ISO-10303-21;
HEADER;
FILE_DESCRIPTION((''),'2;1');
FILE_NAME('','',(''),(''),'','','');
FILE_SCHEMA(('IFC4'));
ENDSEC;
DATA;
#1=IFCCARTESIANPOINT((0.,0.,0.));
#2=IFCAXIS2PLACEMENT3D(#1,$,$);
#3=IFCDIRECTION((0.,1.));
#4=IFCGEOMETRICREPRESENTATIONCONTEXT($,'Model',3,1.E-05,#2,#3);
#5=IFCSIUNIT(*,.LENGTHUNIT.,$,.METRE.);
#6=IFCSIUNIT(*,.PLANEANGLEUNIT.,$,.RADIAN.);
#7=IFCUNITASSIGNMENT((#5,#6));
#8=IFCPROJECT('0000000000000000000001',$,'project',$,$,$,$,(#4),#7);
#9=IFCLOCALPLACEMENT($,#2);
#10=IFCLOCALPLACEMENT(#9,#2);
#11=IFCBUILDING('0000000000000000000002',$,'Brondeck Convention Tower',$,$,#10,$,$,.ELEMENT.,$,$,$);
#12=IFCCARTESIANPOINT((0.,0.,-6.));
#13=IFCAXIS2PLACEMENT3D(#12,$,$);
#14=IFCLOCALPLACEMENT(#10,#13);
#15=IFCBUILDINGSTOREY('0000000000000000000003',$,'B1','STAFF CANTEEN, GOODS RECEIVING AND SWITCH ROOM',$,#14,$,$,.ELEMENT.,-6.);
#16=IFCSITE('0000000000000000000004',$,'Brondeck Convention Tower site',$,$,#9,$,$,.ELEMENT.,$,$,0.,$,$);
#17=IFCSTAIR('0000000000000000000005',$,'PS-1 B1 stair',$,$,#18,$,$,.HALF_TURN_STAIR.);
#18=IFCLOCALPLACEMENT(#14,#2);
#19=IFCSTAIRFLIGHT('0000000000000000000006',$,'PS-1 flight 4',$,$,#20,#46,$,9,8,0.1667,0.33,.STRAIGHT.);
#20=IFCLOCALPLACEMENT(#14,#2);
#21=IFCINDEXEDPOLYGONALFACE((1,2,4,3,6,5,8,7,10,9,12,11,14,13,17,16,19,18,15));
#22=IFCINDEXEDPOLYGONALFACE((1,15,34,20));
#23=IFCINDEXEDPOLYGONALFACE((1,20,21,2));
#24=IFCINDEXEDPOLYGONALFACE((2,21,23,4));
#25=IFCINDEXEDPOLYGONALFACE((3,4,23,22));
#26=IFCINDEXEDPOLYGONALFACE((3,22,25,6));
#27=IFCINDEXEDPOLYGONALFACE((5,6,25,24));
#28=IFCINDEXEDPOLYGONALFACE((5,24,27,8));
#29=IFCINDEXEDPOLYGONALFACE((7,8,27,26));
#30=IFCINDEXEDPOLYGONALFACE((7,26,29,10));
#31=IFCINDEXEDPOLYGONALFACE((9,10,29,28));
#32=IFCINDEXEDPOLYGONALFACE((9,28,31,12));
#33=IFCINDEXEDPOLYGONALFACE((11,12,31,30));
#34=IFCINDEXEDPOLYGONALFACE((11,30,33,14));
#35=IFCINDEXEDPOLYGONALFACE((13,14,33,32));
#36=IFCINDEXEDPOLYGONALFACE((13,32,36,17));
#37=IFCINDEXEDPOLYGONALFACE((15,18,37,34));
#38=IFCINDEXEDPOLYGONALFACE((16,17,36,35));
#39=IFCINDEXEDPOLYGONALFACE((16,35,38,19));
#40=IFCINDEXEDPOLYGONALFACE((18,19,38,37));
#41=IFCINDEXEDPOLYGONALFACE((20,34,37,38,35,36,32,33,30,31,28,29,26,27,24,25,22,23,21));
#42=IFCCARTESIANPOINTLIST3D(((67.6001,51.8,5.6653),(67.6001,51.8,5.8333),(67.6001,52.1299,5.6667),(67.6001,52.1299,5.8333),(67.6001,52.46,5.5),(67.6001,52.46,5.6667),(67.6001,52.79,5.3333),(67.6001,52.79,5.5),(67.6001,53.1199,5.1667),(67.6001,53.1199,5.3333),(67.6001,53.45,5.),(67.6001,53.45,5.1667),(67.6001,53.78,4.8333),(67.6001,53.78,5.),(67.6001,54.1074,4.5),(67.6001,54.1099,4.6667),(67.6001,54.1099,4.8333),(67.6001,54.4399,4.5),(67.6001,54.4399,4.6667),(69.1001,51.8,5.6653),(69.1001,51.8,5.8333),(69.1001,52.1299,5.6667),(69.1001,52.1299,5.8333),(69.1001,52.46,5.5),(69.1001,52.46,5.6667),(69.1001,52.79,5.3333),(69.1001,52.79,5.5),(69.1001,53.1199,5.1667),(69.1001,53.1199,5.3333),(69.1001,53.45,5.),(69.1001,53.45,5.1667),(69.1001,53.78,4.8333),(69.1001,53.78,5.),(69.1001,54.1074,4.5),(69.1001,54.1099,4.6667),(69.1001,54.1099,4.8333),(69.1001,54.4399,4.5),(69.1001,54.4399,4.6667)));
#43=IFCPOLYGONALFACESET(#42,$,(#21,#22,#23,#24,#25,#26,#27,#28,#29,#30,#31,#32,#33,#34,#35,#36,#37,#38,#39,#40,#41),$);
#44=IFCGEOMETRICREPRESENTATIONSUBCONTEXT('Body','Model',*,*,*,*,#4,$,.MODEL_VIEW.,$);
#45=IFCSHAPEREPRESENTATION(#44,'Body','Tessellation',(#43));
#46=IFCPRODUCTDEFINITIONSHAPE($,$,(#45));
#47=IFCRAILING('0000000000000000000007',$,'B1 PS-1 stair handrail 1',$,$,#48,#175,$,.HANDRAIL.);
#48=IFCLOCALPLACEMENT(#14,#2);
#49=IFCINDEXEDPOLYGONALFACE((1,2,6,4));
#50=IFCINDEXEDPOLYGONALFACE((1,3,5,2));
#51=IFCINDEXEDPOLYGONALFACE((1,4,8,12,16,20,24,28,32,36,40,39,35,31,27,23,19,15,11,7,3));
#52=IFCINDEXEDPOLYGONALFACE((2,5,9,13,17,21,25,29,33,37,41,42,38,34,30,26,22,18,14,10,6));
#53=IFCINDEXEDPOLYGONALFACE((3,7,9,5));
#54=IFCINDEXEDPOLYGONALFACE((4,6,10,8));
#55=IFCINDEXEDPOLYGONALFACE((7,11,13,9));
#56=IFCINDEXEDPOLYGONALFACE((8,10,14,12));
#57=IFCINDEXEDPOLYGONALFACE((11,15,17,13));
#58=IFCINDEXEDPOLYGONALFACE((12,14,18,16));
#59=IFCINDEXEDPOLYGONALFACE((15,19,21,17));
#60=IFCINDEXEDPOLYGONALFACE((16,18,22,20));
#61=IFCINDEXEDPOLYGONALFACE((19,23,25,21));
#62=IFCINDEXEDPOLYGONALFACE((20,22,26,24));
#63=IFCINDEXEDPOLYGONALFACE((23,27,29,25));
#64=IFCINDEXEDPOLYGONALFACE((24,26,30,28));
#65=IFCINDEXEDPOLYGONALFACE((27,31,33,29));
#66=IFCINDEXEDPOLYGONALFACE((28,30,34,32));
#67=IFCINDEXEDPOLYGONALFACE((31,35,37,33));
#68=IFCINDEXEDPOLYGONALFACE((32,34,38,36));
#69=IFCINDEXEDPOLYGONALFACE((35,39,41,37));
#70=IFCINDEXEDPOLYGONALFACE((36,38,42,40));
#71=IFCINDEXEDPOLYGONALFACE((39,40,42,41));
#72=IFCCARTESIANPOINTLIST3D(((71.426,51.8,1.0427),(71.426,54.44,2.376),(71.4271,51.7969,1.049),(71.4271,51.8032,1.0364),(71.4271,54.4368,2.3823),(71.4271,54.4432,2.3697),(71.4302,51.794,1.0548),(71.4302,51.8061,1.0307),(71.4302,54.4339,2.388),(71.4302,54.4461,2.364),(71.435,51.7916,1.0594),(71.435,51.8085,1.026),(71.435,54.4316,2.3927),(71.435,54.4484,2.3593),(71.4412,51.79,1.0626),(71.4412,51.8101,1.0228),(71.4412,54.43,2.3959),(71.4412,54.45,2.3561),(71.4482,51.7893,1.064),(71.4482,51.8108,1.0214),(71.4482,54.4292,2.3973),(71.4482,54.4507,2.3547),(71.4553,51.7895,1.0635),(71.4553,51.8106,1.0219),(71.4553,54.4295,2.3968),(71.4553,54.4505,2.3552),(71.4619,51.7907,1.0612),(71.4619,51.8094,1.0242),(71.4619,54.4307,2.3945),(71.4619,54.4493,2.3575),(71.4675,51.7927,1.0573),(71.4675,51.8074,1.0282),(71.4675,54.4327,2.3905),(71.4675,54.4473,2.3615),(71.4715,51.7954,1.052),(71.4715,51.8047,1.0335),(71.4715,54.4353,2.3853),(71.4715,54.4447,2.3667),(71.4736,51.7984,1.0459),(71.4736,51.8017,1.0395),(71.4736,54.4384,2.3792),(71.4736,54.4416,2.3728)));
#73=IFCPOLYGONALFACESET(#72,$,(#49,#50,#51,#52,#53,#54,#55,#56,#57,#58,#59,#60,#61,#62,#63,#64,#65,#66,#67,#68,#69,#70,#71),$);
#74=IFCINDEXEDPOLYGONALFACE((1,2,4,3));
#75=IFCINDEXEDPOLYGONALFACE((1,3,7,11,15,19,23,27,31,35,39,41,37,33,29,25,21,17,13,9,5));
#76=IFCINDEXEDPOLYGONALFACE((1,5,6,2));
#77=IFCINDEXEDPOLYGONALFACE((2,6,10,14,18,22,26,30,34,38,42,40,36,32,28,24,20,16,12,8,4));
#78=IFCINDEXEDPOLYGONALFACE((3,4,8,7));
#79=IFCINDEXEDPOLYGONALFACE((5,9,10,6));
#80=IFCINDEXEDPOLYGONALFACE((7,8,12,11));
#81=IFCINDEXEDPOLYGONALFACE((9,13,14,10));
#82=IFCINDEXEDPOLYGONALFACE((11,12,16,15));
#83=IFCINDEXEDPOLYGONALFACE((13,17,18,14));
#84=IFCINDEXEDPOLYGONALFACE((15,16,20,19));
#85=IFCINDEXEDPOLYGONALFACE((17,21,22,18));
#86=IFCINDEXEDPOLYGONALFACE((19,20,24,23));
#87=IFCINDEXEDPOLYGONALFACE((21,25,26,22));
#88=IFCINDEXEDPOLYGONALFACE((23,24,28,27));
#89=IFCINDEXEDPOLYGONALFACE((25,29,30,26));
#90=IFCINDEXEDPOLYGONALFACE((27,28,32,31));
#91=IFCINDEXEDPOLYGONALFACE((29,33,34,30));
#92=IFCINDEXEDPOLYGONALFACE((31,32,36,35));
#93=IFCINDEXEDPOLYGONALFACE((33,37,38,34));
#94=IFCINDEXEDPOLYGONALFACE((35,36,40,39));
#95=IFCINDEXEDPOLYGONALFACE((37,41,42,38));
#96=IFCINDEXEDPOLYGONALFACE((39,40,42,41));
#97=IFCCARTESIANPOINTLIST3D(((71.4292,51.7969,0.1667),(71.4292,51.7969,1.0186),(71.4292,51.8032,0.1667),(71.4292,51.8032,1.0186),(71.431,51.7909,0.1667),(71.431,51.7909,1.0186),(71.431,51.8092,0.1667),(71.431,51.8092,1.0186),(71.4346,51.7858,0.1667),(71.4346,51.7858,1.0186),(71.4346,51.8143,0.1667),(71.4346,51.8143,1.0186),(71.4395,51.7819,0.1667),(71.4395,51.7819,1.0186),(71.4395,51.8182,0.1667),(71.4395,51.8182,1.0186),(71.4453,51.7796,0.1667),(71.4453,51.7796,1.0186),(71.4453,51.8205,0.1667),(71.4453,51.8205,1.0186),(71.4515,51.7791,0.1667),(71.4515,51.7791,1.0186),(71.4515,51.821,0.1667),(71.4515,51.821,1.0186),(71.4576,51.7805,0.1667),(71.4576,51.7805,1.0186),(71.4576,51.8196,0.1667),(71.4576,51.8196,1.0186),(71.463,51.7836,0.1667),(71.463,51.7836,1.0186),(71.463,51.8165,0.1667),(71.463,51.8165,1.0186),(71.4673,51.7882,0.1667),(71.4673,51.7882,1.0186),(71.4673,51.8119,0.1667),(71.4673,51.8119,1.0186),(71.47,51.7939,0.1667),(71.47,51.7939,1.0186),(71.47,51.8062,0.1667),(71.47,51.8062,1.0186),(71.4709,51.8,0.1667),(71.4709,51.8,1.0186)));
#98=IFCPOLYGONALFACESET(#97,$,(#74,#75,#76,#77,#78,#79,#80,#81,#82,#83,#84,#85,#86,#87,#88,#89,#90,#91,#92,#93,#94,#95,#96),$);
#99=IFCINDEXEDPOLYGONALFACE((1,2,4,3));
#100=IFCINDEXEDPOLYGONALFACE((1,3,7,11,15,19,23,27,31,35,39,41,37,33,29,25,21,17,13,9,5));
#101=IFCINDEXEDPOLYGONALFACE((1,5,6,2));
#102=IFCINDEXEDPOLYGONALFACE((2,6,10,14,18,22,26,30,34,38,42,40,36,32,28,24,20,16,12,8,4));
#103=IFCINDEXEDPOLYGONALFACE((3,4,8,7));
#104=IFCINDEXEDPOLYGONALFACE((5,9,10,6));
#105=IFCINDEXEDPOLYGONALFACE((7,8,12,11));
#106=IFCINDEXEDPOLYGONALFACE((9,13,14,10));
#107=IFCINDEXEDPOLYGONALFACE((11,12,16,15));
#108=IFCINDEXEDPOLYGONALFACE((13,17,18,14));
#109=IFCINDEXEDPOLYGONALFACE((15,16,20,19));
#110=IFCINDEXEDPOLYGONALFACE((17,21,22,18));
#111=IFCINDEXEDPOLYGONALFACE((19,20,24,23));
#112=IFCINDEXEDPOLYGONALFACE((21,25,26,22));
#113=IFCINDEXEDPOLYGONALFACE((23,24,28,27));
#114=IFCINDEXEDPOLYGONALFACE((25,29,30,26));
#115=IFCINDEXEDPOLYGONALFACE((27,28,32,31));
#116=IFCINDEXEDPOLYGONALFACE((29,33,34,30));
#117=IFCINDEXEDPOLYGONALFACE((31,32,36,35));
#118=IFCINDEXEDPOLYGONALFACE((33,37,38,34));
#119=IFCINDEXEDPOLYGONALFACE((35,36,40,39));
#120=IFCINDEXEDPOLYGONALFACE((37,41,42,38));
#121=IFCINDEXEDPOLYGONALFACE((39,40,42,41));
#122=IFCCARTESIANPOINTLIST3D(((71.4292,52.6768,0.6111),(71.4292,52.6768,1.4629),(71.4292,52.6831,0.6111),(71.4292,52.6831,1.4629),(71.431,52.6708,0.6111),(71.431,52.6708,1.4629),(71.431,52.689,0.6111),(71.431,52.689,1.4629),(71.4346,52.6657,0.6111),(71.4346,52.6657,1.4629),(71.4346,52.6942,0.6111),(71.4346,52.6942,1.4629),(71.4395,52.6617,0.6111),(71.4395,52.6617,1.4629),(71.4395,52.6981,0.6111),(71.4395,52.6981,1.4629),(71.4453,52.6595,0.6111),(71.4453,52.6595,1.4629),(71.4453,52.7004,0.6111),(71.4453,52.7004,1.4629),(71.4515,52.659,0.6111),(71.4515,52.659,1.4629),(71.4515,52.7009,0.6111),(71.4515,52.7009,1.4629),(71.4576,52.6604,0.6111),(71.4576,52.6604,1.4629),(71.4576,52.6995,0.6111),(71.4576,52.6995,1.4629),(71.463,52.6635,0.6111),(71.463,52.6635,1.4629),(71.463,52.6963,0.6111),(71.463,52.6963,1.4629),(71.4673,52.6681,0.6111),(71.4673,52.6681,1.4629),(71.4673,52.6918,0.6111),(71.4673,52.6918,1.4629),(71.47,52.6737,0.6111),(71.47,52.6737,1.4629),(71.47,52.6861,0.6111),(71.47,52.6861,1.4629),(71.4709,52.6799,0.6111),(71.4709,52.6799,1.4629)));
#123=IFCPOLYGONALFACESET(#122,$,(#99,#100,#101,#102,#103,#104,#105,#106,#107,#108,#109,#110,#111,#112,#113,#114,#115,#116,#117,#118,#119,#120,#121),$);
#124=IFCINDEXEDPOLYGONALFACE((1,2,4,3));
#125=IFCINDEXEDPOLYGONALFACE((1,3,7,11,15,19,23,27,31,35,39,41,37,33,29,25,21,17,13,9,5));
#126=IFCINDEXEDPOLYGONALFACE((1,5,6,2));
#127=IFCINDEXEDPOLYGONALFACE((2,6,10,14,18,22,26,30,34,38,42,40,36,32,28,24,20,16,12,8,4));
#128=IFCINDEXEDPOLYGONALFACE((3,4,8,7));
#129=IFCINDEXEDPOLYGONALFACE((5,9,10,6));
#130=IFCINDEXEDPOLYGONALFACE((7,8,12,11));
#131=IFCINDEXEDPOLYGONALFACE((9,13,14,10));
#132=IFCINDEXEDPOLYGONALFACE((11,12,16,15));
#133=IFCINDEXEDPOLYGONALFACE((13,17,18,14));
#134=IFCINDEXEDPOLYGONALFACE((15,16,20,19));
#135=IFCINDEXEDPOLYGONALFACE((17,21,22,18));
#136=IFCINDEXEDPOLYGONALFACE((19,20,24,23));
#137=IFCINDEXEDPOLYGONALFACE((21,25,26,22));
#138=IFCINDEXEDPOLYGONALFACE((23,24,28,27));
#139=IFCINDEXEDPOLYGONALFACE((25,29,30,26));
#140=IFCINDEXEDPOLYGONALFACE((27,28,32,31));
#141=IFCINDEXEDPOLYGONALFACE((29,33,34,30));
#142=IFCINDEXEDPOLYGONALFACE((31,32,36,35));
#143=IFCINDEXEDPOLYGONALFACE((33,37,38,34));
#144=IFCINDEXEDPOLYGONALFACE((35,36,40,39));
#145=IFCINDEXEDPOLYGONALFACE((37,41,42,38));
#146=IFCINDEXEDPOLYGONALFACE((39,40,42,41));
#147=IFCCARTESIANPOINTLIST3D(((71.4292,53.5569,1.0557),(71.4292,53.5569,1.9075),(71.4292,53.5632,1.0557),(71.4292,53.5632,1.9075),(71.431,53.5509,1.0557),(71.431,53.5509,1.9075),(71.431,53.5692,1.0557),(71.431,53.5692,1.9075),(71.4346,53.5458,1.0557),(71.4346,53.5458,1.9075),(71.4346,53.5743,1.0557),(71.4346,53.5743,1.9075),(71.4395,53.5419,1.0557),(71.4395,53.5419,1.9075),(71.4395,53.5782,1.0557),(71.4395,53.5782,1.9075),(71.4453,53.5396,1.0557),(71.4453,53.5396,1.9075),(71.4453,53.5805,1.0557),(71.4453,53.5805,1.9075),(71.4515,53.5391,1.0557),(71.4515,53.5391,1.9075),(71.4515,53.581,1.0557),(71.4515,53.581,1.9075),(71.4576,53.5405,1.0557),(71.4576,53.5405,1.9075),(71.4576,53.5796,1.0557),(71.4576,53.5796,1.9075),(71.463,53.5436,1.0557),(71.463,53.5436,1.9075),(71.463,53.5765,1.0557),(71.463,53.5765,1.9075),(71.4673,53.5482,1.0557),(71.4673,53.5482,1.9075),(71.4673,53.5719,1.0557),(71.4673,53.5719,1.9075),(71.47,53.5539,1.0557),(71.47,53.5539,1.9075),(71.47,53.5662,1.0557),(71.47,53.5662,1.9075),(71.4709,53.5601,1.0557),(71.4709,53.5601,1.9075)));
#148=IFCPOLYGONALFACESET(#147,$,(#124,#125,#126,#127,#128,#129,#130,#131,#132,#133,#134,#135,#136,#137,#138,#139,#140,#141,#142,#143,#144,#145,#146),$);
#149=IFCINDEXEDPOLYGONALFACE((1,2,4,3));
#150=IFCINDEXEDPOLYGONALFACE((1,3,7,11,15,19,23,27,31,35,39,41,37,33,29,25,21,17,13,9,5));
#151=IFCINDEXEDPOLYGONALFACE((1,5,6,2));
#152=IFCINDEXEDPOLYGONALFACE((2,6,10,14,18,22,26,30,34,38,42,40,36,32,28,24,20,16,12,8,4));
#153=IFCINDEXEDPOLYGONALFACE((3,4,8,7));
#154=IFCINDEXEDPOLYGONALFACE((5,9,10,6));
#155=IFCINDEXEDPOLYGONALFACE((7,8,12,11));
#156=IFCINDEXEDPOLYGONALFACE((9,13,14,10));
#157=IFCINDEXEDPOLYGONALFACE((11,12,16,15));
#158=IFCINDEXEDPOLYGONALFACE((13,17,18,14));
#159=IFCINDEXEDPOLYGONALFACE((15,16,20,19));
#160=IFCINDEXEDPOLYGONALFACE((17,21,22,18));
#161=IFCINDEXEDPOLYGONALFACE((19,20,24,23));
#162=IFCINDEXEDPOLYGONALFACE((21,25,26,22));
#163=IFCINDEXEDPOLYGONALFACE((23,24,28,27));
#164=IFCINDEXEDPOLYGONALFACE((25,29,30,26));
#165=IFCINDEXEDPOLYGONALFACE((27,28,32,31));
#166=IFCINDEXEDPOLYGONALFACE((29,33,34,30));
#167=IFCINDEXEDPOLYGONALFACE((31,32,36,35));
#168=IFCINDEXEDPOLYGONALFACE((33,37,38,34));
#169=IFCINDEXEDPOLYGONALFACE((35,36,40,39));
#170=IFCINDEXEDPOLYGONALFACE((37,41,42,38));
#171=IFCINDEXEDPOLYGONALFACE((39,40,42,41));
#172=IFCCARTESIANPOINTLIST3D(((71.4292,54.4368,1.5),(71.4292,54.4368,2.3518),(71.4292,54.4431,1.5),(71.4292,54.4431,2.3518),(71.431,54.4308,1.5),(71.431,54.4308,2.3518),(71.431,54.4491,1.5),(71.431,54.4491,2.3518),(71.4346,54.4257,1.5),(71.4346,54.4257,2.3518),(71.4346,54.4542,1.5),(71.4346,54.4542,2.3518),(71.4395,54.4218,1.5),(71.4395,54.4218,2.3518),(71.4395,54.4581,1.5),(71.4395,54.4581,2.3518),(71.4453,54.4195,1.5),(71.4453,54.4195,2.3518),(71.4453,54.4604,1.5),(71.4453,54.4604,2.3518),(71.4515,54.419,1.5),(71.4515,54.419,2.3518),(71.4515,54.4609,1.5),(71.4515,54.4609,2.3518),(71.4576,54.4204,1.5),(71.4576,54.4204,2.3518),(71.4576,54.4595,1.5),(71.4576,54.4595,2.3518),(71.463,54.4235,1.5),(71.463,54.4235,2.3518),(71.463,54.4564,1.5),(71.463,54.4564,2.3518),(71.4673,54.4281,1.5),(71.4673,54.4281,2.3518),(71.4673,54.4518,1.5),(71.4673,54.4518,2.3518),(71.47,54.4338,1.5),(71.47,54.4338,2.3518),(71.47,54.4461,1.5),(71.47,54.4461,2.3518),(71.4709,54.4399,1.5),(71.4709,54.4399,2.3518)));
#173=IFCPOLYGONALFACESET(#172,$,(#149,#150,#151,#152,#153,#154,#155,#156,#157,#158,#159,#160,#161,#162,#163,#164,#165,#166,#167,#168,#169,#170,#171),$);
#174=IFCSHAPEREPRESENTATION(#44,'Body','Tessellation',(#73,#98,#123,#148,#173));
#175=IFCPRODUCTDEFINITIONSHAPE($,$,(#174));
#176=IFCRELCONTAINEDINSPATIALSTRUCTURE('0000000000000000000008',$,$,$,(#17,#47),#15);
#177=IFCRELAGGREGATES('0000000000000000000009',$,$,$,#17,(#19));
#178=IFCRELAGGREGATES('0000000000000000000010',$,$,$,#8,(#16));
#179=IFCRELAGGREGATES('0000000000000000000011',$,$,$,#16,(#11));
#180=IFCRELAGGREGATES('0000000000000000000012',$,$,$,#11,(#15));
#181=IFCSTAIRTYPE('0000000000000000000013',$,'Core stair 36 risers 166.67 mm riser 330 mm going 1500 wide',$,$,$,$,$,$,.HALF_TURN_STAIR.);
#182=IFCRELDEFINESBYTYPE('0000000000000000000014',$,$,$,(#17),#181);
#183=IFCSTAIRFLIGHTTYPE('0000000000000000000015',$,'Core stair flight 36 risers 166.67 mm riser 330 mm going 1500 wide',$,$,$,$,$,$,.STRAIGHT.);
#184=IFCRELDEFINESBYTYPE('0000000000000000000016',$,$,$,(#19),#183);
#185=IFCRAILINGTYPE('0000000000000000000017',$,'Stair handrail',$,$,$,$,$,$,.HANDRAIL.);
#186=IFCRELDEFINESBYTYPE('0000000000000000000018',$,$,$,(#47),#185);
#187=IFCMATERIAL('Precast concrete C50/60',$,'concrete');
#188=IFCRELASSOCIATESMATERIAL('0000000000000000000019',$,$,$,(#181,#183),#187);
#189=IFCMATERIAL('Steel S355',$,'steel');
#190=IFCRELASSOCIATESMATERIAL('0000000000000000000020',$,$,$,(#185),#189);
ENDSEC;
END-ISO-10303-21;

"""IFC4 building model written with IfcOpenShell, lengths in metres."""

from ifc_helpers import new_model, si_unit, direction, frame, origin, origin_2d, place, context, subcontext, project, spatial, polyline, circle, outline, extrude, material, type_object, element, aggregate, save


model = new_model("IFC4")

# Units and contexts
model_context = context("Model", 3, precision=1e-05, world=origin(), true_north=direction((0.0, 1.0)))
body_context = subcontext(model_context, "Body", "Model", "MODEL_VIEW")
ifc_project = project(units=[si_unit("LENGTHUNIT", "METRE"), si_unit("PLANEANGLEUNIT", "RADIAN")], contexts=[model_context])

# Site, building, storey
site_placement = place(None, origin())
site = spatial("IfcSite", under=ifc_project, at=site_placement, Name="Brondeck Convention Tower site", CompositionType="ELEMENT", RefElevation=0.0)
building_placement = place(site_placement, origin())
building = spatial("IfcBuilding", under=site, at=building_placement, Name="Brondeck Convention Tower", CompositionType="ELEMENT")
storey_placement = place(building_placement, frame((0.0, 0.0, -6.0)))
storey = spatial("IfcBuildingStorey", under=building, at=storey_placement, Name="B1", Description="STAFF CANTEEN, GOODS RECEIVING AND SWITCH ROOM", CompositionType="ELEMENT", Elevation=-6.0)

# Stair, stair flight
ifc_material_1 = material(Name="Precast concrete C50/60", Category="concrete")
stair_type = type_object("IfcStairType", Name="Core stair 36 risers 166.67 mm riser 330 mm going 1500 wide", PredefinedType="HALF_TURN_STAIR", material=ifc_material_1)
stair_placement = place(storey_placement, origin())
stair = element("IfcStair", 1, at=stair_placement, inside=storey, type_object=stair_type, Name="PS-1 B1 stair", PredefinedType="HALF_TURN_STAIR")
stair_flight_type = type_object("IfcStairFlightType", Name="Core stair flight 36 risers 166.67 mm riser 330 mm going 1500 wide", PredefinedType="STRAIGHT", material=ifc_material_1)
stair_flight_1_placement = place(storey_placement, frame((68.3501, 54.4399, 4.5), z_axis=(0.0, 0.0, 1.0), x_axis=(0.0, -1.0, 0.0)))
stair_flight_1 = element("IfcStairFlight", 2, at=stair_flight_1_placement, type_object=stair_flight_type, Name="PS-1 flight 4", NumberOfRisers=9, NumberOfTreads=8, PredefinedType="STRAIGHT", RiserHeight=0.1667, TreadLength=0.33, context=body_context, shape_type="SweptSolid", body=[
    extrude(outline(polyline([(0.0, 0.0), (0.0, 0.1667), (0.3301, 0.1667), (0.3301, 0.3333), (0.6599, 0.3333), (0.6599, 0.5), (0.99, 0.5), (0.99, 0.6667), (1.3201, 0.6667), (1.3201, 0.8333), (1.6499, 0.8333), (1.6499, 1.0), (1.98, 1.0), (1.98, 1.1667), (2.3101, 1.1667), (2.3101, 1.3333), (2.6399, 1.3333), (2.6399, 1.5), (2.6399, 1.1653), (0.3325, 0.0), (0.0, 0.0)])), frame((0.0, 0.75, 0.0), z_axis=(0.0, -1.0, 0.0), x_axis=(1.0, 0.0, 0.0)), (0.0, 0.0, 1.0), 1.5),
])
aggregate(stair, [stair_flight_1])

# Railing
ifc_material_2 = material(Name="Steel S355", Category="steel")
railing_type = type_object("IfcRailingType", Name="Stair handrail", PredefinedType="HANDRAIL", material=ifc_material_2)
railing_1_placement = place(storey_placement, frame((71.45, 51.8, 0.1667)))
element("IfcRailing", 3, at=railing_1_placement, inside=storey, type_object=railing_type, Name="B1 PS-1 stair handrail 1", PredefinedType="HANDRAIL", context=body_context, shape_type="SweptSolid", body=[
    extrude(circle(Radius=0.0239, at=origin_2d()), frame((0.0, 0.0, 0.876), z_axis=(0.0, 0.89262, 0.450809), x_axis=(-1.0, 0.0, 0.0)), (0.0, 0.0, 1.0), 2.9575),
    extrude(circle(Radius=0.021, at=origin_2d()), origin(), (0.0, 0.0, 1.0), 0.8518),
    extrude(circle(Radius=0.021, at=origin_2d()), frame((0.0, 0.8799, 0.4443)), (0.0, 0.0, 1.0), 0.8518),
    extrude(circle(Radius=0.021, at=origin_2d()), frame((0.0, 1.76, 0.8889)), (0.0, 0.0, 1.0), 0.8518),
    extrude(circle(Radius=0.021, at=origin_2d()), frame((0.0, 2.6399, 1.3333)), (0.0, 0.0, 1.0), 0.8518),
])

save(model, "model.ifc")
